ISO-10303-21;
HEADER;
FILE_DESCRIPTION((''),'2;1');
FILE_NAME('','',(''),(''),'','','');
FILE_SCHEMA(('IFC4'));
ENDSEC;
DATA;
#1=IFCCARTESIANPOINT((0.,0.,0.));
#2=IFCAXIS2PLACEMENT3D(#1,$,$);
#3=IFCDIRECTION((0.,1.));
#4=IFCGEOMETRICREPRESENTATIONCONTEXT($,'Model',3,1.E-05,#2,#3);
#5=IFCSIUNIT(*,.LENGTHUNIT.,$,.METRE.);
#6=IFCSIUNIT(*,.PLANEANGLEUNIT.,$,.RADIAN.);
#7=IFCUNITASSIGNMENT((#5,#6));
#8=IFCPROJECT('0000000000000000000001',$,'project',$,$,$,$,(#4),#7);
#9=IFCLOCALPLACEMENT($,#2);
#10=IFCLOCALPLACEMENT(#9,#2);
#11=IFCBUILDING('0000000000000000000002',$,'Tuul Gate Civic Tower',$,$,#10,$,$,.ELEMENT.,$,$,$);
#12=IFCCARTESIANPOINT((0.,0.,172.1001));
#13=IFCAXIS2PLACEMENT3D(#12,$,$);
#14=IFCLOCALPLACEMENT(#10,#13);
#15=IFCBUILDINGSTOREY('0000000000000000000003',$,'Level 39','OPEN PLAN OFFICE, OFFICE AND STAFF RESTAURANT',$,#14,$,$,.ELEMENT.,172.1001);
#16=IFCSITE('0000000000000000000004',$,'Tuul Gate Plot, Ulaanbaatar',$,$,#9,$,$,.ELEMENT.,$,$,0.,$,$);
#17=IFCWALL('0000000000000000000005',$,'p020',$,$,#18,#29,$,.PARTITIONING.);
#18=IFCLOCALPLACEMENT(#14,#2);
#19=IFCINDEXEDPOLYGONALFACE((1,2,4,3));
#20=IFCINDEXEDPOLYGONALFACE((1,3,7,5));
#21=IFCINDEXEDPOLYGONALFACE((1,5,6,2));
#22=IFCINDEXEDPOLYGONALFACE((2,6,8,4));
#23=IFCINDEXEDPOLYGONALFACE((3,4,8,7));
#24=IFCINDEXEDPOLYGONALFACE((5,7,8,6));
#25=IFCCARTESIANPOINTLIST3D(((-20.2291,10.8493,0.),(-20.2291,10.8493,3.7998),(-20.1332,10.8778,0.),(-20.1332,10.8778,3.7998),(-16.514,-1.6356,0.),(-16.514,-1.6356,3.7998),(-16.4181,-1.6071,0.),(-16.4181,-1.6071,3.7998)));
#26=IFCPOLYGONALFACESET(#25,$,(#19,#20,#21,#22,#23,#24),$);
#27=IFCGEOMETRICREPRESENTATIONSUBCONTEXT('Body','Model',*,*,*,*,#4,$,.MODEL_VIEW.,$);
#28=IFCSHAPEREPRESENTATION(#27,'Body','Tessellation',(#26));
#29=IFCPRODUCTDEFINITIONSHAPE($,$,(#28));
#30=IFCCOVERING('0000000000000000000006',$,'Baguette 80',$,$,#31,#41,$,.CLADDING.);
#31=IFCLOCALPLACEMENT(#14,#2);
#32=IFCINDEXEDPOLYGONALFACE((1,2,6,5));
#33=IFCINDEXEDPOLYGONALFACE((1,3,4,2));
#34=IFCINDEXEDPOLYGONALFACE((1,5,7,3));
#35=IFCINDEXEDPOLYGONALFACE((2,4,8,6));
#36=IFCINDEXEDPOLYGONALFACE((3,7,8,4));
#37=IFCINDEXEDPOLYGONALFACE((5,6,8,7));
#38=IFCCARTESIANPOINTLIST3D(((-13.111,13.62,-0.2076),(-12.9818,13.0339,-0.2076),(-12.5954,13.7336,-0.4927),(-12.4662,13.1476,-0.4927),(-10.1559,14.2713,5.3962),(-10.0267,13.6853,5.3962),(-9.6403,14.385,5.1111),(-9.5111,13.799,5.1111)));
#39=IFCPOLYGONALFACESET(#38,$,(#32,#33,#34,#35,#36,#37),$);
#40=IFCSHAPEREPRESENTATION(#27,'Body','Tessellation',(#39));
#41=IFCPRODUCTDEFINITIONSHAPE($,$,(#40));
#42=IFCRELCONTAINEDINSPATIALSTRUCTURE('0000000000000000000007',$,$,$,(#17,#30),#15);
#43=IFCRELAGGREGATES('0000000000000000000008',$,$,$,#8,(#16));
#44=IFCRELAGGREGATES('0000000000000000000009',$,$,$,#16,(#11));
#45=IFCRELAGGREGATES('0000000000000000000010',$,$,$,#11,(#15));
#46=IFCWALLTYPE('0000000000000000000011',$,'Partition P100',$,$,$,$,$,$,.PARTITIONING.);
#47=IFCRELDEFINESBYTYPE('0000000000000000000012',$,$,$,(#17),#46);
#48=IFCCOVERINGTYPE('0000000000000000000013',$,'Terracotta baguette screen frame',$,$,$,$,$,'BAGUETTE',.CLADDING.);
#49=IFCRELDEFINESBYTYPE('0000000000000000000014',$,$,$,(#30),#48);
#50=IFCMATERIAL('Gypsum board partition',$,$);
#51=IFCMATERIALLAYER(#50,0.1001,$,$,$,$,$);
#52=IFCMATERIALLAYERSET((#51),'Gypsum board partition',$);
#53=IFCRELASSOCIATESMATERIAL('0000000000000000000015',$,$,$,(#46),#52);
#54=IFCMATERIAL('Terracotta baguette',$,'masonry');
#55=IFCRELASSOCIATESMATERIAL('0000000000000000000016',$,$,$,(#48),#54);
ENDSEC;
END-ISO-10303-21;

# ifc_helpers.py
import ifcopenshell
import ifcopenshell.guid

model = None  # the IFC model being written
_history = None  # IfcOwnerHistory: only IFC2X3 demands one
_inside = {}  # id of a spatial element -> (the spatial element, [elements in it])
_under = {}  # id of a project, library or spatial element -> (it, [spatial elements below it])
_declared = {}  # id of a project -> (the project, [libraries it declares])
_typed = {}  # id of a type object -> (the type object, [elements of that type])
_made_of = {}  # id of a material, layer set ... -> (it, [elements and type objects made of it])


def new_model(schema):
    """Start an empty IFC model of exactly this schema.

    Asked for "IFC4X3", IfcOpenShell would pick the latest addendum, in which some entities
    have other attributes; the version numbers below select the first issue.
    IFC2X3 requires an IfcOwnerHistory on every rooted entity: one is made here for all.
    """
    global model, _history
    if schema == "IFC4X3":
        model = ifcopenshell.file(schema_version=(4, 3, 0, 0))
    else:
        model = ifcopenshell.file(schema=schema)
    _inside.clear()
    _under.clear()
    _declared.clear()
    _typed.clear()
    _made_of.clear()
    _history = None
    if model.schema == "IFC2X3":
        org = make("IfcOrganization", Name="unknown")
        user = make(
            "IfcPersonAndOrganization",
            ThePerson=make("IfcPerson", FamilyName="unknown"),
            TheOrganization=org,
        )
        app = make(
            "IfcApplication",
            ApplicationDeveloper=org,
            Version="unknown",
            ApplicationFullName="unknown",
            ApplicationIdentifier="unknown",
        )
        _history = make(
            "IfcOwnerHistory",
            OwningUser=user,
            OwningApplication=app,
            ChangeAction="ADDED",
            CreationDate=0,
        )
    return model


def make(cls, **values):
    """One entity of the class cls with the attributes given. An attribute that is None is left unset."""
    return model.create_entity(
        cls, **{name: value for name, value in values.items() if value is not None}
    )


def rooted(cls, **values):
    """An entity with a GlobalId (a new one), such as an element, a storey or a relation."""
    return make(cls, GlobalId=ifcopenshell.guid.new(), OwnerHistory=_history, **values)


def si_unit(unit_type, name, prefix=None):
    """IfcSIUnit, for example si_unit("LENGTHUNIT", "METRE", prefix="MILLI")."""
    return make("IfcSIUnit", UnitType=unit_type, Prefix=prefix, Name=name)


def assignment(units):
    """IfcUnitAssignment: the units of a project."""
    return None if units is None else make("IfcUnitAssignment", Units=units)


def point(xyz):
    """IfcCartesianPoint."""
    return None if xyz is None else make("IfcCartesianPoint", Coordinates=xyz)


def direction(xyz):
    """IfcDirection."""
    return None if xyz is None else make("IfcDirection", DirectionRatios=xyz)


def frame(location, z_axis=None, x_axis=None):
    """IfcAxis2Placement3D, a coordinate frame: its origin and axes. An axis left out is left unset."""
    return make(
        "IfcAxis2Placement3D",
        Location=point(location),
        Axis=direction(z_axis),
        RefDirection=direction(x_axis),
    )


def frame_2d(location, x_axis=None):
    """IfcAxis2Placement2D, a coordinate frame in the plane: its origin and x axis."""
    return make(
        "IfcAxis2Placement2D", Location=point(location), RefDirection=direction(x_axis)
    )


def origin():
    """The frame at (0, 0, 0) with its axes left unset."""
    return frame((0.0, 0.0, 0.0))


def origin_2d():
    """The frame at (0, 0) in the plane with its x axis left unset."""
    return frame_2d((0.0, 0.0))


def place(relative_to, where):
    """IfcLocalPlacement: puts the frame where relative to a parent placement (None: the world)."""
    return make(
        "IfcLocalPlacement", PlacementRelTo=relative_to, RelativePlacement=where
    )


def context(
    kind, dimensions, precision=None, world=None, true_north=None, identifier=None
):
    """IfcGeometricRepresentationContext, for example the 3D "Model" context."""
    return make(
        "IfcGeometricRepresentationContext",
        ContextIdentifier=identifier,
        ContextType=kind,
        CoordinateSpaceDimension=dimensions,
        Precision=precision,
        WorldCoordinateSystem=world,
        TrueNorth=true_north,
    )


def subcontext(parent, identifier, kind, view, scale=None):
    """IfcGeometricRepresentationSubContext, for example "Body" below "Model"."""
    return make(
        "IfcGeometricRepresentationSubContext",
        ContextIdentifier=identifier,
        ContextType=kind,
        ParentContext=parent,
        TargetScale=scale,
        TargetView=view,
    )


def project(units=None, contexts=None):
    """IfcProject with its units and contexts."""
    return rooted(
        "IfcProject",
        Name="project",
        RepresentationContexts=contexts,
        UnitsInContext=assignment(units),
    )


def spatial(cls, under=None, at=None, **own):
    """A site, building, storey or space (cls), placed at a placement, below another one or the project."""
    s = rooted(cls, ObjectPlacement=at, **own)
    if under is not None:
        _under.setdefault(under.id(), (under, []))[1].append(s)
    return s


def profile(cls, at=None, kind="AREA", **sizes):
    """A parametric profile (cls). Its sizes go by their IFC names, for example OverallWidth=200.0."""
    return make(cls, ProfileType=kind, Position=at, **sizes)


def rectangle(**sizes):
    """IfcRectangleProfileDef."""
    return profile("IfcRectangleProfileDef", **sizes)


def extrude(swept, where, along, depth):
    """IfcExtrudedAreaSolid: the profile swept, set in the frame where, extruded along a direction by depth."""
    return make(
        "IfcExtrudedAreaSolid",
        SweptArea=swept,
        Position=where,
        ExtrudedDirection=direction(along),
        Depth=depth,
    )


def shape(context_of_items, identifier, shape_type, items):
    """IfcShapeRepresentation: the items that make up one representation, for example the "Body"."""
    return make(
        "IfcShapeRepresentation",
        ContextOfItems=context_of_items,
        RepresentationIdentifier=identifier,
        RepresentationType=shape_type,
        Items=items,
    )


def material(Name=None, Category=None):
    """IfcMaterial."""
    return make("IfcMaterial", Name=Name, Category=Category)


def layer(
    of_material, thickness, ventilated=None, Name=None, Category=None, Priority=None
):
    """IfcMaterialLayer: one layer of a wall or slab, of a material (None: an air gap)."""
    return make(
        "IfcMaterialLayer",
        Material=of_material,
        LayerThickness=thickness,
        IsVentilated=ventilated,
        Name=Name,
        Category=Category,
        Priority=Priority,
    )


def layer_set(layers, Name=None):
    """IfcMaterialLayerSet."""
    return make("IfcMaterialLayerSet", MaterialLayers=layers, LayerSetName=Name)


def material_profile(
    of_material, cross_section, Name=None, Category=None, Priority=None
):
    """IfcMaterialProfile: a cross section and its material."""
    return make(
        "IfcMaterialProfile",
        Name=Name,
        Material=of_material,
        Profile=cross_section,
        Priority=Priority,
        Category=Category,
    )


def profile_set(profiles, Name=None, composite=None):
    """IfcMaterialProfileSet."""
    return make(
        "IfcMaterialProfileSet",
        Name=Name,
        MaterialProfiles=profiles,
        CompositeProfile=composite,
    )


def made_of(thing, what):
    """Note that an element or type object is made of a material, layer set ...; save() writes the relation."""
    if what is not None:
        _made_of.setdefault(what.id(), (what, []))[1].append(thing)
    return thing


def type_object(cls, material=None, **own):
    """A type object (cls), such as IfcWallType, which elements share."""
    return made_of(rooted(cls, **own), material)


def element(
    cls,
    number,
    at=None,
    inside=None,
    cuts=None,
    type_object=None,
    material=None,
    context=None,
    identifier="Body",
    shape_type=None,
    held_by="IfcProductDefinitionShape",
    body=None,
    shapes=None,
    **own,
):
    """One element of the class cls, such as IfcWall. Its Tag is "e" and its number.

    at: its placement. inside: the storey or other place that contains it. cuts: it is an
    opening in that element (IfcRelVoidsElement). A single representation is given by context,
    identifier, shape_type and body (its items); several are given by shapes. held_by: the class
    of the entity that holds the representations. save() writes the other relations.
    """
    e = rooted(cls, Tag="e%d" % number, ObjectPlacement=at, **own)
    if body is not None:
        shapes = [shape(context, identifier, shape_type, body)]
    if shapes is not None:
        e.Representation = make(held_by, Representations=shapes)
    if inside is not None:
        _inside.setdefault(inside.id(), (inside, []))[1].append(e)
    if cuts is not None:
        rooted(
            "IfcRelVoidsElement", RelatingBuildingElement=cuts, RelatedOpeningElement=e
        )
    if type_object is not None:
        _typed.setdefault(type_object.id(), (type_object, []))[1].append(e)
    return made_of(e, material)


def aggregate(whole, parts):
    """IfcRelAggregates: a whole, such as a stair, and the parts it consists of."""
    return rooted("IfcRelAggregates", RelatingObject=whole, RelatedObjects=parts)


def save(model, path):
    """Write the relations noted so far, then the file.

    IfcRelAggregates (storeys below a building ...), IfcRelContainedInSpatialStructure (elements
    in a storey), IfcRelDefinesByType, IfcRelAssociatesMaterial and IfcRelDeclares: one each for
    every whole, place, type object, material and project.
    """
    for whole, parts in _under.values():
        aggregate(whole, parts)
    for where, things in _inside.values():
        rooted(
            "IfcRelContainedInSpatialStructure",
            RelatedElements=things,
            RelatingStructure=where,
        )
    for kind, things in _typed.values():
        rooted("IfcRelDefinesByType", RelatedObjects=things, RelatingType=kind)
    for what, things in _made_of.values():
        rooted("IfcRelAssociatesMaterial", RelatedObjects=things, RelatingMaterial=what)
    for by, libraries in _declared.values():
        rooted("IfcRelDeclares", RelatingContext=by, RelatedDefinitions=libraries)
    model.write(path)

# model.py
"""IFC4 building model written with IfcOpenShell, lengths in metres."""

from ifc_helpers import new_model, si_unit, direction, frame, frame_2d, origin, origin_2d, place, context, subcontext, project, spatial, rectangle, extrude, material, layer, layer_set, material_profile, profile_set, type_object, element, save


model = new_model("IFC4")

# Units and contexts
model_context = context("Model", 3, precision=1e-05, world=origin(), true_north=direction((0.0, 1.0)))
body_context = subcontext(model_context, "Body", "Model", "MODEL_VIEW")
ifc_project = project(units=[si_unit("LENGTHUNIT", "METRE"), si_unit("PLANEANGLEUNIT", "RADIAN")], contexts=[model_context])

# Site, building, storey
site_placement = place(None, origin())
site = spatial("IfcSite", under=ifc_project, at=site_placement, Name="Tuul Gate Plot, Ulaanbaatar", CompositionType="ELEMENT", RefElevation=0.0)
building_placement = place(site_placement, origin())
building = spatial("IfcBuilding", under=site, at=building_placement, Name="Tuul Gate Civic Tower", CompositionType="ELEMENT")
storey_placement = place(building_placement, frame((0.0, 0.0, 172.1001)))
storey = spatial("IfcBuildingStorey", under=building, at=storey_placement, Name="Level 39", Description="OPEN PLAN OFFICE, OFFICE AND STAFF RESTAURANT", CompositionType="ELEMENT", Elevation=172.1001)

# Wall
ifc_material_1 = material(Name="Gypsum board partition")
ifc_layer_1 = layer(ifc_material_1, 0.1001)
ifc_layer_set_1 = layer_set([ifc_layer_1], Name="Gypsum board partition")
wall_type_1 = type_object("IfcWallType", Name="Partition P100", PredefinedType="PARTITIONING", material=ifc_layer_set_1)
wall_1_placement = place(storey_placement, frame((-20.1812, 10.8635, 0.0), z_axis=(0.0, 0.0, 1.0), x_axis=(0.285208, -0.958466, 0.0)))
element("IfcWall", 1, at=wall_1_placement, inside=storey, type_object=wall_type_1, Name="p020", PredefinedType="PARTITIONING", context=body_context, shape_type="SweptSolid", body=[
    extrude(rectangle(XDim=13.0259, YDim=0.1001, at=frame_2d((6.5129, 0.0))), origin(), (0.0, 0.0, 1.0), 3.7998),
])

# Covering
ifc_material_2 = material(Name="Terracotta baguette", Category="masonry")
ifc_material_profile_1 = material_profile(ifc_material_2, rectangle(XDim=0.6001, YDim=0.6001, at=origin_2d()), Name="Terracotta baguette screen frame")
ifc_profile_set_1 = profile_set([ifc_material_profile_1], Name="Terracotta baguette")
covering_type = type_object("IfcCoveringType", Name="Terracotta baguette screen frame", ElementType="BAGUETTE", PredefinedType="CLADDING", material=ifc_profile_set_1)
covering_placement = place(storey_placement, frame((-9.8335, 14.0352, 5.2537), z_axis=(-0.464009, -0.102278, -0.879906), x_axis=(0.215256, -0.976558, 0.0)))
element("IfcCovering", 2, at=covering_placement, inside=storey, type_object=covering_type, Name="Baguette 80", PredefinedType="CLADDING", context=body_context, shape_type="SweptSolid", body=[
    extrude(rectangle(XDim=0.6001, YDim=0.6001, at=origin_2d()), origin(), (0.0, 0.0, 1.0), 6.3687),
])

save(model, "model.ifc")
